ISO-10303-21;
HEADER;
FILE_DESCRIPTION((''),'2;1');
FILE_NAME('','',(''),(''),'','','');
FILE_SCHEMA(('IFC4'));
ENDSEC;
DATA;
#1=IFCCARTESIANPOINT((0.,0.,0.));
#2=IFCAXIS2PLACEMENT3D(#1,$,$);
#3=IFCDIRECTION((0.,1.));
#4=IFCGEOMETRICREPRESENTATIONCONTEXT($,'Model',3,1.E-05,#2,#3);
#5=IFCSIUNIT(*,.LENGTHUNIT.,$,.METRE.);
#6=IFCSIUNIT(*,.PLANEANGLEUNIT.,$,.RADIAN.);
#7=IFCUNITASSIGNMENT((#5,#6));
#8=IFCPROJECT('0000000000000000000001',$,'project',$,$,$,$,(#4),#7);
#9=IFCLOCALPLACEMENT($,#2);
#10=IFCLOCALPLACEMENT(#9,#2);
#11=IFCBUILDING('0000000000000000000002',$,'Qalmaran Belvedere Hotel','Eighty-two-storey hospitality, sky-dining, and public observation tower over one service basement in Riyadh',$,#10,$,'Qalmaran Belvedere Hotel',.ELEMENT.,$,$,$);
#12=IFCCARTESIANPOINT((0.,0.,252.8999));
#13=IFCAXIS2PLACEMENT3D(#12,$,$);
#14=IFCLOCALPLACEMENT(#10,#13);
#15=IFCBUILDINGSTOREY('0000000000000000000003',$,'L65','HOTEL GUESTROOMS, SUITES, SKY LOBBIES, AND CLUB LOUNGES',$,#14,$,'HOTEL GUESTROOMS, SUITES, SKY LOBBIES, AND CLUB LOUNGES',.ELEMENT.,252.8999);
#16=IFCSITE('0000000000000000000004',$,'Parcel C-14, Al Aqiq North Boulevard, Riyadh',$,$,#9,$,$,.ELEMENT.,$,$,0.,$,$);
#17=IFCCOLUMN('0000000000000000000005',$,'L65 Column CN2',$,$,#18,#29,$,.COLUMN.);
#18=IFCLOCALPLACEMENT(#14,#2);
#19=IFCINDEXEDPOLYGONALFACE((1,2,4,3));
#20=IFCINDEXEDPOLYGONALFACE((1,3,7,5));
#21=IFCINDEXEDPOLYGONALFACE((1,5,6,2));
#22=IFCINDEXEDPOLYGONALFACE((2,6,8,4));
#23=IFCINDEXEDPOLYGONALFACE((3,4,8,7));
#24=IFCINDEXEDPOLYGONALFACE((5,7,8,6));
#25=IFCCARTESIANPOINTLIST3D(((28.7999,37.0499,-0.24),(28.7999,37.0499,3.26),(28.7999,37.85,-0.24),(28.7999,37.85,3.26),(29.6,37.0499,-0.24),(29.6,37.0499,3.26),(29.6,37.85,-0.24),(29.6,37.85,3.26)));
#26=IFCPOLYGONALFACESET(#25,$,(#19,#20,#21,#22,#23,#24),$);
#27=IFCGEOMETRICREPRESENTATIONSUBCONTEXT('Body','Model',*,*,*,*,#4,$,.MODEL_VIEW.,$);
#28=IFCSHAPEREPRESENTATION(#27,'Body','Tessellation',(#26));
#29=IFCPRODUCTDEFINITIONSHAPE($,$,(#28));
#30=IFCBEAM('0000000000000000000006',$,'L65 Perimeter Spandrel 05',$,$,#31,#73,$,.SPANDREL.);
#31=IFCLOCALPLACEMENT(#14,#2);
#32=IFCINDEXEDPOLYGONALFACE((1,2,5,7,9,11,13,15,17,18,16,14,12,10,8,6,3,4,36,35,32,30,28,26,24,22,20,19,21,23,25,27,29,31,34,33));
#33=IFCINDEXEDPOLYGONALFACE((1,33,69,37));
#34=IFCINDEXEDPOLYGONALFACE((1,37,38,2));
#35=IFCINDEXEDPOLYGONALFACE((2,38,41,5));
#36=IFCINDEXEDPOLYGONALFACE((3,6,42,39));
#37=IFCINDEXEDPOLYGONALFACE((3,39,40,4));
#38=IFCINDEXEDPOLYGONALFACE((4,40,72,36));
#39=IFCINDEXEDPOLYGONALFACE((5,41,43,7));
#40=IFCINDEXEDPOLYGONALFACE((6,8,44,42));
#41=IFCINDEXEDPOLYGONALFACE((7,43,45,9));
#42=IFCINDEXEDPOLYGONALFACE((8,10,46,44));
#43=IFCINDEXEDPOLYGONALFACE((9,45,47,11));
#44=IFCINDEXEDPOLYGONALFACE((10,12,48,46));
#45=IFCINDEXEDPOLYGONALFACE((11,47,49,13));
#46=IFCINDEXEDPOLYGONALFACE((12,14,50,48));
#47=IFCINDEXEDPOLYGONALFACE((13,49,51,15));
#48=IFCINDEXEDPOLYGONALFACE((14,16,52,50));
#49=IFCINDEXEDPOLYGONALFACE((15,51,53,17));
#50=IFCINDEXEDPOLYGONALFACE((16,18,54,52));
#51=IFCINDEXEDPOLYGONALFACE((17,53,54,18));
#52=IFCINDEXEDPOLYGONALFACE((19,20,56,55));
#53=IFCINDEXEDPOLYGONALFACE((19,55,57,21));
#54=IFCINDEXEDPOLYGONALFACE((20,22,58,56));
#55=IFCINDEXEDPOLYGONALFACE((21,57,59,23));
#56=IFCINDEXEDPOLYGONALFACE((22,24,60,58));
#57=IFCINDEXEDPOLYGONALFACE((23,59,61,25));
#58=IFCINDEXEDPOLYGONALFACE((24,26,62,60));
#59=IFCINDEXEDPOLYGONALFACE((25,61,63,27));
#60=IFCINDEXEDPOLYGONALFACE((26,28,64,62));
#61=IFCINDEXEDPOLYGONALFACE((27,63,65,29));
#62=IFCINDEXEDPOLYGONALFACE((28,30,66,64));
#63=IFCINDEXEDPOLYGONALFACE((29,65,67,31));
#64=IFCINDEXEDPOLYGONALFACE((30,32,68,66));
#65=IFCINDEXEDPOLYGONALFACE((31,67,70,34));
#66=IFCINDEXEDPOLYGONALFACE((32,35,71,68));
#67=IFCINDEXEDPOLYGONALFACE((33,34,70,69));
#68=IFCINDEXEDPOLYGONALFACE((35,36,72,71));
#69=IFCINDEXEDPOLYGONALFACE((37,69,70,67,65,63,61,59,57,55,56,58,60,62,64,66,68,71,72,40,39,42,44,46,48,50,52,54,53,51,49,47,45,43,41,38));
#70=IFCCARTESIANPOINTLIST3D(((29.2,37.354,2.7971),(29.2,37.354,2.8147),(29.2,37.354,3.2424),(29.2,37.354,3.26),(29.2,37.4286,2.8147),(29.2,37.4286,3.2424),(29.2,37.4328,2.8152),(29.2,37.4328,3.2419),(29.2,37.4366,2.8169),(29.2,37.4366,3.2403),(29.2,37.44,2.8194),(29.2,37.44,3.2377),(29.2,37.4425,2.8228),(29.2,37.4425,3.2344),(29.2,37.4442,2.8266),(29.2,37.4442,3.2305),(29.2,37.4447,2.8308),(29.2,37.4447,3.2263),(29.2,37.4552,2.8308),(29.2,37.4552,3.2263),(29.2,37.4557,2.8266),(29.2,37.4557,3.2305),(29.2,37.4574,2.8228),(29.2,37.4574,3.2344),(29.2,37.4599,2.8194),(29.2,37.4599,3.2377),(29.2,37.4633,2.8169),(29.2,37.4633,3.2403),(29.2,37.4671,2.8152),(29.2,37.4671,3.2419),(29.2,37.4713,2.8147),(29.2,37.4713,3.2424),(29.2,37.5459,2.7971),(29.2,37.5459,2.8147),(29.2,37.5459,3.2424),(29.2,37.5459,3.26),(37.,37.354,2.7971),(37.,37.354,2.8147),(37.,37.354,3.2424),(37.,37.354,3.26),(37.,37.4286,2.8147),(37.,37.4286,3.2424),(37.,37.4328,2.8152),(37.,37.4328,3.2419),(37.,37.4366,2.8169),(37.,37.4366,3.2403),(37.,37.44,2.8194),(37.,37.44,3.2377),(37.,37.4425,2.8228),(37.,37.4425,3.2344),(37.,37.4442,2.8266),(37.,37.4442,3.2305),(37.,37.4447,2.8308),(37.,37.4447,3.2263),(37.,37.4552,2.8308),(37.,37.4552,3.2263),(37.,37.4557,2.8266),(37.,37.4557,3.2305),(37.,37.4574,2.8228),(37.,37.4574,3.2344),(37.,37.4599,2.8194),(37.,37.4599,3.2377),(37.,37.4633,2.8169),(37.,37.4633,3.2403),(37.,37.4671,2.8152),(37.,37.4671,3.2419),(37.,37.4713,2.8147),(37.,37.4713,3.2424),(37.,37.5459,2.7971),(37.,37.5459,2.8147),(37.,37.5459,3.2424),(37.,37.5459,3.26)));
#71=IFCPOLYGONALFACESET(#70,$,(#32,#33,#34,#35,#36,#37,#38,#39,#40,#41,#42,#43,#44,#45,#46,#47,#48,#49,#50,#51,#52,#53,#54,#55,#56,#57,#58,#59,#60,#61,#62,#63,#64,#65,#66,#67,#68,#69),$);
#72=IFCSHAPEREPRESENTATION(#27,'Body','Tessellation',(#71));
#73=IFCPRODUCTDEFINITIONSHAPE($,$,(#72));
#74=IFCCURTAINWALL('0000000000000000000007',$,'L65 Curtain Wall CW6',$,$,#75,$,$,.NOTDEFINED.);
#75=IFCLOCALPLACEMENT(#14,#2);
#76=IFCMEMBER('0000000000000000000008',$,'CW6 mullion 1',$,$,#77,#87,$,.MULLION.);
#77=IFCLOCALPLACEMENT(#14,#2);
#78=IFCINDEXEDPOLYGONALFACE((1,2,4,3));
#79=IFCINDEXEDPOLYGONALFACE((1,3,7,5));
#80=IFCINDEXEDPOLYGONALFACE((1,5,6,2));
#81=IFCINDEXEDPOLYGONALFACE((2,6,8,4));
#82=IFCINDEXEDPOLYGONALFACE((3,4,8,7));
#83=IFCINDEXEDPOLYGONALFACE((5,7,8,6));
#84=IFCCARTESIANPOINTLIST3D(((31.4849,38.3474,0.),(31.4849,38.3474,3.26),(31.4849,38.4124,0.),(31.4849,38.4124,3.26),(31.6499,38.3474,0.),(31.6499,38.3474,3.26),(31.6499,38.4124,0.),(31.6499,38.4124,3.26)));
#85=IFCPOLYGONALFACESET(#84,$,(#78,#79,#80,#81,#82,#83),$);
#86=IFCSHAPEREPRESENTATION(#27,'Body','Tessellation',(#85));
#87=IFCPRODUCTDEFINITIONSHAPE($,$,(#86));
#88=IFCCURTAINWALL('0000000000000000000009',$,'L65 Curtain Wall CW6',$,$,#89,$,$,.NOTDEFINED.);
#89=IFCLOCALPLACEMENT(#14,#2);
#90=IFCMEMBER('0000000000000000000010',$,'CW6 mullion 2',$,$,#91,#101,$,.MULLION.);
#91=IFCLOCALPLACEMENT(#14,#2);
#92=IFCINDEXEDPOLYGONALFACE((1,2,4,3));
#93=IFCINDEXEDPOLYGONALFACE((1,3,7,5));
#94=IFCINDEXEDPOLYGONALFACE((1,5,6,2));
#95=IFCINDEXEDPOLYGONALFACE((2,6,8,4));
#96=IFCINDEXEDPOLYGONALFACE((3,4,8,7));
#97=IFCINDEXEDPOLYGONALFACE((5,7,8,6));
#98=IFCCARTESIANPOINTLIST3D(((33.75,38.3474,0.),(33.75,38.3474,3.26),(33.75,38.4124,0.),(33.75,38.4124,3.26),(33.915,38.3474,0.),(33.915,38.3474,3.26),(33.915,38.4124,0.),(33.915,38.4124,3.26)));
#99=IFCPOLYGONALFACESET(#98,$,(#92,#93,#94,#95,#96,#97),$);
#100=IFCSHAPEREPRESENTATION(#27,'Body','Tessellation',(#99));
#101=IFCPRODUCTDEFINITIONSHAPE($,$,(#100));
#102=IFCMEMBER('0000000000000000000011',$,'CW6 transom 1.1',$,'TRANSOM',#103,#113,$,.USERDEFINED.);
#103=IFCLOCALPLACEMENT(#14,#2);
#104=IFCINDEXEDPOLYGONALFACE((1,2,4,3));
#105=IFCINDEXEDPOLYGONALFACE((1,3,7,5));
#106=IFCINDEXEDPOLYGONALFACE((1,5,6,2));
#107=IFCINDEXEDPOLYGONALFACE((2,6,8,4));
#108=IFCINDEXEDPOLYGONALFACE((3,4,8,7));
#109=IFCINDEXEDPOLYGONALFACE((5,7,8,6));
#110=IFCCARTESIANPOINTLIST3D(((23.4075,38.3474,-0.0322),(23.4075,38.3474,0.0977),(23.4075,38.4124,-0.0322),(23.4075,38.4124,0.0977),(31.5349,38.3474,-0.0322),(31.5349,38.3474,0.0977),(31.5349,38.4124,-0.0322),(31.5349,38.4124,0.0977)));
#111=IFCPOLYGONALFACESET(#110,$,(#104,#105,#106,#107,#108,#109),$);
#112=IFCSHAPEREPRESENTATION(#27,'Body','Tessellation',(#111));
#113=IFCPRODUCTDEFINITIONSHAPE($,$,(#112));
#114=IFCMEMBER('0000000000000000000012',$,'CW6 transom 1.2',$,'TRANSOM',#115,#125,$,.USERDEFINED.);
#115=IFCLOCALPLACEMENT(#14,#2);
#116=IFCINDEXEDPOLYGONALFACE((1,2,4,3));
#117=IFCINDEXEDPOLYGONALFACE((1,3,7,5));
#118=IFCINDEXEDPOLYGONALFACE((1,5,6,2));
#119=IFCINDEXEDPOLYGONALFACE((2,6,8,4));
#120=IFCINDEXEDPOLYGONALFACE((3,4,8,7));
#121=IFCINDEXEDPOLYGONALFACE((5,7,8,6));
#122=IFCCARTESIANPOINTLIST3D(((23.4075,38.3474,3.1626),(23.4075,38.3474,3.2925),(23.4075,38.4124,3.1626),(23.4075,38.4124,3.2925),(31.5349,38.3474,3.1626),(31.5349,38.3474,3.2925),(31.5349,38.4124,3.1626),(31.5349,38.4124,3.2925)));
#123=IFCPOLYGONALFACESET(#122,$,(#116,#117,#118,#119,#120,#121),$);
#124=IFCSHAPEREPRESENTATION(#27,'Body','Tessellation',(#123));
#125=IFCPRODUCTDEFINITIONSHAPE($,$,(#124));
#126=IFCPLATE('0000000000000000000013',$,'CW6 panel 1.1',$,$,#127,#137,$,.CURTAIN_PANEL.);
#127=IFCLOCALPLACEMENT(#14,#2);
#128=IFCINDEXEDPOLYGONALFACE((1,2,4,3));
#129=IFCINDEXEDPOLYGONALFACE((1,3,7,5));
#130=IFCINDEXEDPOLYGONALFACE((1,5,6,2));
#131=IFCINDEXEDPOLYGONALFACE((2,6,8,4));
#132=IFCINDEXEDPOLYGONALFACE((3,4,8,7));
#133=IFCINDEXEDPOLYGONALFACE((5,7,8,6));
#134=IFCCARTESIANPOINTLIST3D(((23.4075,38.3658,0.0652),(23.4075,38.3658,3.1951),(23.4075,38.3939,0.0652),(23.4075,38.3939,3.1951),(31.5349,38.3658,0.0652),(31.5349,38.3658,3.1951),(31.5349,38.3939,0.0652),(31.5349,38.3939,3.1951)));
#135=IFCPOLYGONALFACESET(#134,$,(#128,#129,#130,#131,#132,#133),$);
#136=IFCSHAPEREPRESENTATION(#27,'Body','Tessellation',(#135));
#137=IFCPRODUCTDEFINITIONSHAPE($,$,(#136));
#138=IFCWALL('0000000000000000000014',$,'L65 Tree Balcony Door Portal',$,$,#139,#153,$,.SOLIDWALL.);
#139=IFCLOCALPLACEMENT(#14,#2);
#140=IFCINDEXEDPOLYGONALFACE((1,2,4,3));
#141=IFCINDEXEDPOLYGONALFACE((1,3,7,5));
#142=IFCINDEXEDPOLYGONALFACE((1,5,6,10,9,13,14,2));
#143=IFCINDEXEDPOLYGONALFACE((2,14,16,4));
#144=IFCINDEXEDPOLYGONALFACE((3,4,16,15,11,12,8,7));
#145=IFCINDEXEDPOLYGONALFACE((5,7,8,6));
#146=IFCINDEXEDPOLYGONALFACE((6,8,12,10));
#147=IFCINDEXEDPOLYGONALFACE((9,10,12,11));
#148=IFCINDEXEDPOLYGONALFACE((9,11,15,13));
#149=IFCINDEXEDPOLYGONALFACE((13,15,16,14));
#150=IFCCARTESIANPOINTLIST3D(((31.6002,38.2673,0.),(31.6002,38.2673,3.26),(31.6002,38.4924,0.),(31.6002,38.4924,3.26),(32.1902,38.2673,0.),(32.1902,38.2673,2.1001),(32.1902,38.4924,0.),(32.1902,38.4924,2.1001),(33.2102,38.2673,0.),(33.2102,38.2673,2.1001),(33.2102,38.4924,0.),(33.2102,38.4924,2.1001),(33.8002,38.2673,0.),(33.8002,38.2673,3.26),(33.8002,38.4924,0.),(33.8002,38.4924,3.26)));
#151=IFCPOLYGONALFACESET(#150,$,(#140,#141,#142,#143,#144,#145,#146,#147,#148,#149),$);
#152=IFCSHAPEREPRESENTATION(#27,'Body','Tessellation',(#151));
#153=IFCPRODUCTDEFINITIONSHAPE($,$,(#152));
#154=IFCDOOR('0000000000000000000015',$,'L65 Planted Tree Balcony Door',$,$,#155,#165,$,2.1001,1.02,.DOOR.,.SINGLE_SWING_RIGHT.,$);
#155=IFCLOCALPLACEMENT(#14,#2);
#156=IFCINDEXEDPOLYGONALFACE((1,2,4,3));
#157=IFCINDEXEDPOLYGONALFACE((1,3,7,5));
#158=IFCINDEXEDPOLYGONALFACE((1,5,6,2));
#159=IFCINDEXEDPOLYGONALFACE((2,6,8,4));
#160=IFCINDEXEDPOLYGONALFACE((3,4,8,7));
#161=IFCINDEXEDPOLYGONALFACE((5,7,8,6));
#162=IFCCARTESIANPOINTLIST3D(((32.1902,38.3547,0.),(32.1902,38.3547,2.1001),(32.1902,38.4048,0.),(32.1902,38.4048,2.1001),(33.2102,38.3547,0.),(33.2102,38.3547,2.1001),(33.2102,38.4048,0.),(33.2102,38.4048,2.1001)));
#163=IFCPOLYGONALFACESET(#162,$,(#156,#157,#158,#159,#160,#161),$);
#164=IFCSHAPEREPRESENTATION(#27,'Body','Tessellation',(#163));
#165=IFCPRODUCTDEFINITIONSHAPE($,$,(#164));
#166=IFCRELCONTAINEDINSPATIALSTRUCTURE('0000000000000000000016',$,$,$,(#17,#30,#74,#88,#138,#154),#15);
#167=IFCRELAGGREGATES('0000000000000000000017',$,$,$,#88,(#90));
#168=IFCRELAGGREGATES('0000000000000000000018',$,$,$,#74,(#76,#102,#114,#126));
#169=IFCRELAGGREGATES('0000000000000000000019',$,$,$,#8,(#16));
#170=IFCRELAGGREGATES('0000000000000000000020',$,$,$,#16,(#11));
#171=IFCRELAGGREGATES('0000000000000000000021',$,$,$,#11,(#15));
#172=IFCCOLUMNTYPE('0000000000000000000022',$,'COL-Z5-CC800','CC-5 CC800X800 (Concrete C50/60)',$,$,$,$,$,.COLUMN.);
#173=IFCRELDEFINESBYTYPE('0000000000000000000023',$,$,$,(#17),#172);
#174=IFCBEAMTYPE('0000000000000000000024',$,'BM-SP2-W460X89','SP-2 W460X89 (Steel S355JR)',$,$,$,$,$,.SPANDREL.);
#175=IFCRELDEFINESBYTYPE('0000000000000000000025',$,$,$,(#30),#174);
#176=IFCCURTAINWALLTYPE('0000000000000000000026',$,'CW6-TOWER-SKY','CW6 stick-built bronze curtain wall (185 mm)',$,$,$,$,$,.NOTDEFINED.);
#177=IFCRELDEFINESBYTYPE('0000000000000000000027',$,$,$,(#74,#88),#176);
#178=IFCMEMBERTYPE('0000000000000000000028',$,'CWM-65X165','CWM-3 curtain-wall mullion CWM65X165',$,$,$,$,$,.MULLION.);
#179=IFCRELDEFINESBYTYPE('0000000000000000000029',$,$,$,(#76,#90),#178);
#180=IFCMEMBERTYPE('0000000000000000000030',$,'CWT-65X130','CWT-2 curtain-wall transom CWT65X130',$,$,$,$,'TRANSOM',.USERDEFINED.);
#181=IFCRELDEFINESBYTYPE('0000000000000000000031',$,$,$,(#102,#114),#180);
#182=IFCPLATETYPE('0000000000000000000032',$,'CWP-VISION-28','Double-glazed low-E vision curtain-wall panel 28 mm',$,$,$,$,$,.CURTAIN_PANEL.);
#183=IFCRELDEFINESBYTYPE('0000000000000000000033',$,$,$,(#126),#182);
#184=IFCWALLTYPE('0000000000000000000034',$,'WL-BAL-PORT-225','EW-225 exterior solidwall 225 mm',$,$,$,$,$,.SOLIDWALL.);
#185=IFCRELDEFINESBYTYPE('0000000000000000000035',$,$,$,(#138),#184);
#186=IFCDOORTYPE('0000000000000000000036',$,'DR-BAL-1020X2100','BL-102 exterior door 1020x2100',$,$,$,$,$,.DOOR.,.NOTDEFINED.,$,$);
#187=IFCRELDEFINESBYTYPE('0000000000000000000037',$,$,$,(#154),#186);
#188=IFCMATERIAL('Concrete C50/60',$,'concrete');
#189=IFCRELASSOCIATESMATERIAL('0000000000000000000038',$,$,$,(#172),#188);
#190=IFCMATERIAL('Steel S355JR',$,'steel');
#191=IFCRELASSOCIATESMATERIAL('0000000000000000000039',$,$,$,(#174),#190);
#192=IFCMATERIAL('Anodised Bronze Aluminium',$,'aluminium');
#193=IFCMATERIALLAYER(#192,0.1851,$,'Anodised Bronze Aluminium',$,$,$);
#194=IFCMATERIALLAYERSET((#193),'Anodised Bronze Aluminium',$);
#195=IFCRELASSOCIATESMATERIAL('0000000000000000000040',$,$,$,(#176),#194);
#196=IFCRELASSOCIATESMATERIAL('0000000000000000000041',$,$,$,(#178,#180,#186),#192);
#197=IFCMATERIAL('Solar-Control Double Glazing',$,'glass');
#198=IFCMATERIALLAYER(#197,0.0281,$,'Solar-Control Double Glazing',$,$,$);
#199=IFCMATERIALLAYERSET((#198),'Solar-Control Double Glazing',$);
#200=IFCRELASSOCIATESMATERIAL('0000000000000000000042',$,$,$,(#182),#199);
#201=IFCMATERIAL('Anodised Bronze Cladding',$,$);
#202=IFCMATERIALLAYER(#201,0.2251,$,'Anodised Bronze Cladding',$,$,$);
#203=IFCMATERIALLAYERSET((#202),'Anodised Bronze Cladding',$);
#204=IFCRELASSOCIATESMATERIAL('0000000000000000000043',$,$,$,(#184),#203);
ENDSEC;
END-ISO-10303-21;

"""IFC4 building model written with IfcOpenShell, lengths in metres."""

from ifc_helpers import new_model, si_unit, direction, frame, frame_2d, origin, origin_2d, place, context, subcontext, project, spatial, rectangle, i_section, extrude, material, layer, layer_set, material_profile, profile_set, type_object, element, fill, aggregate, save


model = new_model("IFC4")

# Units and contexts
model_context = context("Model", 3, precision=1e-05, world=origin(), true_north=direction((0.0, 1.0)))
body_context = subcontext(model_context, "Body", "Model", "MODEL_VIEW")
ifc_project = project(units=[si_unit("LENGTHUNIT", "METRE"), si_unit("PLANEANGLEUNIT", "RADIAN")], contexts=[model_context])

# Site, building, storey
site_placement = place(None, origin())
site = spatial("IfcSite", under=ifc_project, at=site_placement, Name="Parcel C-14, Al Aqiq North Boulevard, Riyadh", CompositionType="ELEMENT", RefElevation=0.0)
building_placement = place(site_placement, origin())
building = spatial("IfcBuilding", under=site, at=building_placement, Name="Qalmaran Belvedere Hotel", Description="Eighty-two-storey hospitality, sky-dining, and public observation tower over one service basement in Riyadh", LongName="Qalmaran Belvedere Hotel", CompositionType="ELEMENT")
storey_placement = place(building_placement, frame((0.0, 0.0, 252.8999)))
storey = spatial("IfcBuildingStorey", under=building, at=storey_placement, Name="L65", Description="HOTEL GUESTROOMS, SUITES, SKY LOBBIES, AND CLUB LOUNGES", LongName="HOTEL GUESTROOMS, SUITES, SKY LOBBIES, AND CLUB LOUNGES", CompositionType="ELEMENT", Elevation=252.8999)

# Column
ifc_material_1 = material(Name="Concrete C50/60", Category="concrete")
ifc_material_profile_1 = material_profile(ifc_material_1, rectangle(XDim=0.8, YDim=0.8, at=origin_2d()), Name="CC800X800")
ifc_profile_set_1 = profile_set([ifc_material_profile_1], Name="Concrete C50/60")
column_type = type_object("IfcColumnType", Name="COL-Z5-CC800", Description="CC-5 CC800X800 (Concrete C50/60)", PredefinedType="COLUMN", material=ifc_profile_set_1)
column_placement = place(storey_placement, frame((29.2, 37.45, -0.24), z_axis=(0.0, 0.0, 1.0), x_axis=(1.0, 0.0, 0.0)))
element("IfcColumn", 1, at=column_placement, inside=storey, type_object=column_type, Name="L65 Column CN2", PredefinedType="COLUMN", context=body_context, shape_type="SweptSolid", body=[
    extrude(rectangle(XDim=0.8, YDim=0.8, at=origin_2d()), origin(), (0.0, 0.0, 1.0), 3.5),
])

# Beam
ifc_material_2 = material(Name="Steel S355JR", Category="steel")
ifc_material_profile_2 = material_profile(ifc_material_2, i_section(OverallWidth=0.1919, OverallDepth=0.4629, WebThickness=0.0105, FlangeThickness=0.0176, FilletRadius=0.0161, at=origin_2d()), Name="W460X89")
ifc_profile_set_2 = profile_set([ifc_material_profile_2], Name="Steel S355JR")
beam_type = type_object("IfcBeamType", Name="BM-SP2-W460X89", Description="SP-2 W460X89 (Steel S355JR)", PredefinedType="SPANDREL", material=ifc_profile_set_2)
beam_placement = place(storey_placement, frame((29.2, 37.45, 3.0286), z_axis=(1.0, 0.0, 0.0), x_axis=(0.0, 1.0, 0.0)))
element("IfcBeam", 2, at=beam_placement, inside=storey, type_object=beam_type, Name="L65 Perimeter Spandrel 05", PredefinedType="SPANDREL", context=body_context, shape_type="SweptSolid", body=[
    extrude(i_section(OverallWidth=0.1919, OverallDepth=0.4629, WebThickness=0.0105, FlangeThickness=0.0176, FilletRadius=0.0161, at=origin_2d()), origin(), (0.0, 0.0, 1.0), 7.8),
])

# Curtain walls, members
ifc_material_3 = material(Name="Anodised Bronze Aluminium", Category="aluminium")
ifc_layer_1 = layer(ifc_material_3, 0.1851, Name="Anodised Bronze Aluminium")
ifc_layer_set_1 = layer_set([ifc_layer_1], Name="Anodised Bronze Aluminium")
curtain_wall_type = type_object("IfcCurtainWallType", Name="CW6-TOWER-SKY", Description="CW6 stick-built bronze curtain wall (185 mm)", PredefinedType="NOTDEFINED", material=ifc_layer_set_1)
curtain_wall_1_placement = place(storey_placement, origin())
curtain_wall_1 = element("IfcCurtainWall", 3, at=curtain_wall_1_placement, inside=storey, type_object=curtain_wall_type, Name="L65 Curtain Wall CW6", PredefinedType="NOTDEFINED")
ifc_material_profile_3 = material_profile(ifc_material_3, rectangle(XDim=0.0649, YDim=0.165, at=origin_2d()), Name="CWM65X165")
ifc_profile_set_3 = profile_set([ifc_material_profile_3], Name="Anodised Bronze Aluminium")
member_type_1 = type_object("IfcMemberType", Name="CWM-65X165", Description="CWM-3 curtain-wall mullion CWM65X165", PredefinedType="MULLION", material=ifc_profile_set_3)
member_1_placement = place(storey_placement, frame((31.5674, 38.3799, 0.0), z_axis=(0.0, 0.0, 1.0), x_axis=(0.0, -1.0, 0.0)))
member_1 = element("IfcMember", 4, at=member_1_placement, type_object=member_type_1, Name="CW6 mullion 1", PredefinedType="MULLION", context=body_context, shape_type="SweptSolid", body=[
    extrude(rectangle(XDim=0.0649, YDim=0.165, at=origin_2d()), origin(), (0.0, 0.0, 1.0), 3.26),
])
curtain_wall_2_placement = place(storey_placement, origin())
curtain_wall_2 = element("IfcCurtainWall", 5, at=curtain_wall_2_placement, inside=storey, type_object=curtain_wall_type, Name="L65 Curtain Wall CW6", PredefinedType="NOTDEFINED")
member_2_placement = place(storey_placement, frame((33.8325, 38.3799, 0.0), z_axis=(0.0, 0.0, 1.0), x_axis=(0.0, -1.0, 0.0)))
member_2 = element("IfcMember", 6, at=member_2_placement, type_object=member_type_1, Name="CW6 mullion 2", PredefinedType="MULLION", context=body_context, shape_type="SweptSolid", body=[
    extrude(rectangle(XDim=0.0649, YDim=0.165, at=origin_2d()), origin(), (0.0, 0.0, 1.0), 3.26),
])
aggregate(curtain_wall_2, [member_2])

# Members
ifc_material_profile_4 = material_profile(ifc_material_3, rectangle(XDim=0.0649, YDim=0.1299, at=origin_2d()), Name="CWT65X130")
ifc_profile_set_4 = profile_set([ifc_material_profile_4], Name="Anodised Bronze Aluminium")
member_type_2 = type_object("IfcMemberType", Name="CWT-65X130", Description="CWT-2 curtain-wall transom CWT65X130", ElementType="TRANSOM", PredefinedType="USERDEFINED", material=ifc_profile_set_4)
member_3_placement = place(storey_placement, frame((31.5349, 38.3799, 0.0327), z_axis=(-1.0, 0.0, 0.0), x_axis=(0.0, -1.0, 0.0)))
member_3 = element("IfcMember", 7, at=member_3_placement, type_object=member_type_2, Name="CW6 transom 1.1", ObjectType="TRANSOM", PredefinedType="USERDEFINED", context=body_context, shape_type="SweptSolid", body=[
    extrude(rectangle(XDim=0.0649, YDim=0.1299, at=origin_2d()), origin(), (0.0, 0.0, 1.0), 8.1274),
])
member_4_placement = place(storey_placement, frame((31.5349, 38.3799, 3.2275), z_axis=(-1.0, 0.0, 0.0), x_axis=(0.0, -1.0, 0.0)))
member_4 = element("IfcMember", 8, at=member_4_placement, type_object=member_type_2, Name="CW6 transom 1.2", ObjectType="TRANSOM", PredefinedType="USERDEFINED", context=body_context, shape_type="SweptSolid", body=[
    extrude(rectangle(XDim=0.0649, YDim=0.1299, at=origin_2d()), origin(), (0.0, 0.0, 1.0), 8.1274),
])

# Plate
ifc_material_4 = material(Name="Solar-Control Double Glazing", Category="glass")
ifc_layer_2 = layer(ifc_material_4, 0.0281, Name="Solar-Control Double Glazing")
ifc_layer_set_2 = layer_set([ifc_layer_2], Name="Solar-Control Double Glazing")
plate_type = type_object("IfcPlateType", Name="CWP-VISION-28", Description="Double-glazed low-E vision curtain-wall panel 28 mm", PredefinedType="CURTAIN_PANEL", material=ifc_layer_set_2)
plate_placement = place(storey_placement, frame((27.4712, 38.3799, 0.0652), z_axis=(0.0, 0.0, 1.0), x_axis=(-1.0, 0.0, 0.0)))
plate = element("IfcPlate", 9, at=plate_placement, type_object=plate_type, Name="CW6 panel 1.1", PredefinedType="CURTAIN_PANEL", context=body_context, shape_type="SweptSolid", body=[
    extrude(rectangle(XDim=8.1274, YDim=0.0281, at=origin_2d()), origin(), (0.0, 0.0, 1.0), 3.1299),
])
aggregate(curtain_wall_1, [member_1, member_3, member_4, plate])

# Wall, opening, door
ifc_material_5 = material(Name="Anodised Bronze Cladding")
ifc_layer_3 = layer(ifc_material_5, 0.2251, Name="Anodised Bronze Cladding")
ifc_layer_set_3 = layer_set([ifc_layer_3], Name="Anodised Bronze Cladding")
wall_type_1 = type_object("IfcWallType", Name="WL-BAL-PORT-225", Description="EW-225 exterior solidwall 225 mm", PredefinedType="SOLIDWALL", material=ifc_layer_set_3)
wall_1_placement = place(storey_placement, frame((31.6001, 38.3799, 0.0), z_axis=(0.0, 0.0, 1.0), x_axis=(1.0, 0.0, 0.0)))
wall_1 = element("IfcWall", 10, at=wall_1_placement, inside=storey, type_object=wall_type_1, Name="L65 Tree Balcony Door Portal", PredefinedType="SOLIDWALL", context=body_context, shape_type="SweptSolid", body=[
    extrude(rectangle(XDim=2.2, YDim=0.2251, at=frame_2d((1.1001, 0.0))), origin(), (0.0, 0.0, 1.0), 3.26),
])
opening_1_placement = place(wall_1_placement, frame((0.5901, 0.0, 0.0)))
opening_1 = element("IfcOpeningElement", 11, at=opening_1_placement, cuts=wall_1, PredefinedType="OPENING", context=body_context, shape_type="SweptSolid", body=[
    extrude(rectangle(XDim=1.02, YDim=2.1001, at=frame_2d((0.51, 1.05))), frame((0.0, 0.1226, 0.0), z_axis=(0.0, -1.0, 0.0), x_axis=(1.0, 0.0, 0.0)), (0.0, 0.0, 1.0), 0.2451),
])
door_type_1 = type_object("IfcDoorType", Name="DR-BAL-1020X2100", Description="BL-102 exterior door 1020x2100", OperationType="NOTDEFINED", PredefinedType="DOOR", material=ifc_material_3)
door_1_placement = place(opening_1_placement, origin())
door_1 = element("IfcDoor", 12, at=door_1_placement, inside=storey, type_object=door_type_1, Name="L65 Planted Tree Balcony Door", OperationType="SINGLE_SWING_RIGHT", OverallHeight=2.1001, OverallWidth=1.02, PredefinedType="DOOR", context=body_context, shape_type="SweptSolid", body=[
    extrude(rectangle(XDim=1.02, YDim=2.1001, at=frame_2d((0.51, 1.05))), frame((0.0, 0.0249, 0.0), z_axis=(0.0, -1.0, 0.0), x_axis=(1.0, 0.0, 0.0)), (0.0, 0.0, 1.0), 0.05),
])
fill(opening_1, door_1)

save(model, "model.ifc")
